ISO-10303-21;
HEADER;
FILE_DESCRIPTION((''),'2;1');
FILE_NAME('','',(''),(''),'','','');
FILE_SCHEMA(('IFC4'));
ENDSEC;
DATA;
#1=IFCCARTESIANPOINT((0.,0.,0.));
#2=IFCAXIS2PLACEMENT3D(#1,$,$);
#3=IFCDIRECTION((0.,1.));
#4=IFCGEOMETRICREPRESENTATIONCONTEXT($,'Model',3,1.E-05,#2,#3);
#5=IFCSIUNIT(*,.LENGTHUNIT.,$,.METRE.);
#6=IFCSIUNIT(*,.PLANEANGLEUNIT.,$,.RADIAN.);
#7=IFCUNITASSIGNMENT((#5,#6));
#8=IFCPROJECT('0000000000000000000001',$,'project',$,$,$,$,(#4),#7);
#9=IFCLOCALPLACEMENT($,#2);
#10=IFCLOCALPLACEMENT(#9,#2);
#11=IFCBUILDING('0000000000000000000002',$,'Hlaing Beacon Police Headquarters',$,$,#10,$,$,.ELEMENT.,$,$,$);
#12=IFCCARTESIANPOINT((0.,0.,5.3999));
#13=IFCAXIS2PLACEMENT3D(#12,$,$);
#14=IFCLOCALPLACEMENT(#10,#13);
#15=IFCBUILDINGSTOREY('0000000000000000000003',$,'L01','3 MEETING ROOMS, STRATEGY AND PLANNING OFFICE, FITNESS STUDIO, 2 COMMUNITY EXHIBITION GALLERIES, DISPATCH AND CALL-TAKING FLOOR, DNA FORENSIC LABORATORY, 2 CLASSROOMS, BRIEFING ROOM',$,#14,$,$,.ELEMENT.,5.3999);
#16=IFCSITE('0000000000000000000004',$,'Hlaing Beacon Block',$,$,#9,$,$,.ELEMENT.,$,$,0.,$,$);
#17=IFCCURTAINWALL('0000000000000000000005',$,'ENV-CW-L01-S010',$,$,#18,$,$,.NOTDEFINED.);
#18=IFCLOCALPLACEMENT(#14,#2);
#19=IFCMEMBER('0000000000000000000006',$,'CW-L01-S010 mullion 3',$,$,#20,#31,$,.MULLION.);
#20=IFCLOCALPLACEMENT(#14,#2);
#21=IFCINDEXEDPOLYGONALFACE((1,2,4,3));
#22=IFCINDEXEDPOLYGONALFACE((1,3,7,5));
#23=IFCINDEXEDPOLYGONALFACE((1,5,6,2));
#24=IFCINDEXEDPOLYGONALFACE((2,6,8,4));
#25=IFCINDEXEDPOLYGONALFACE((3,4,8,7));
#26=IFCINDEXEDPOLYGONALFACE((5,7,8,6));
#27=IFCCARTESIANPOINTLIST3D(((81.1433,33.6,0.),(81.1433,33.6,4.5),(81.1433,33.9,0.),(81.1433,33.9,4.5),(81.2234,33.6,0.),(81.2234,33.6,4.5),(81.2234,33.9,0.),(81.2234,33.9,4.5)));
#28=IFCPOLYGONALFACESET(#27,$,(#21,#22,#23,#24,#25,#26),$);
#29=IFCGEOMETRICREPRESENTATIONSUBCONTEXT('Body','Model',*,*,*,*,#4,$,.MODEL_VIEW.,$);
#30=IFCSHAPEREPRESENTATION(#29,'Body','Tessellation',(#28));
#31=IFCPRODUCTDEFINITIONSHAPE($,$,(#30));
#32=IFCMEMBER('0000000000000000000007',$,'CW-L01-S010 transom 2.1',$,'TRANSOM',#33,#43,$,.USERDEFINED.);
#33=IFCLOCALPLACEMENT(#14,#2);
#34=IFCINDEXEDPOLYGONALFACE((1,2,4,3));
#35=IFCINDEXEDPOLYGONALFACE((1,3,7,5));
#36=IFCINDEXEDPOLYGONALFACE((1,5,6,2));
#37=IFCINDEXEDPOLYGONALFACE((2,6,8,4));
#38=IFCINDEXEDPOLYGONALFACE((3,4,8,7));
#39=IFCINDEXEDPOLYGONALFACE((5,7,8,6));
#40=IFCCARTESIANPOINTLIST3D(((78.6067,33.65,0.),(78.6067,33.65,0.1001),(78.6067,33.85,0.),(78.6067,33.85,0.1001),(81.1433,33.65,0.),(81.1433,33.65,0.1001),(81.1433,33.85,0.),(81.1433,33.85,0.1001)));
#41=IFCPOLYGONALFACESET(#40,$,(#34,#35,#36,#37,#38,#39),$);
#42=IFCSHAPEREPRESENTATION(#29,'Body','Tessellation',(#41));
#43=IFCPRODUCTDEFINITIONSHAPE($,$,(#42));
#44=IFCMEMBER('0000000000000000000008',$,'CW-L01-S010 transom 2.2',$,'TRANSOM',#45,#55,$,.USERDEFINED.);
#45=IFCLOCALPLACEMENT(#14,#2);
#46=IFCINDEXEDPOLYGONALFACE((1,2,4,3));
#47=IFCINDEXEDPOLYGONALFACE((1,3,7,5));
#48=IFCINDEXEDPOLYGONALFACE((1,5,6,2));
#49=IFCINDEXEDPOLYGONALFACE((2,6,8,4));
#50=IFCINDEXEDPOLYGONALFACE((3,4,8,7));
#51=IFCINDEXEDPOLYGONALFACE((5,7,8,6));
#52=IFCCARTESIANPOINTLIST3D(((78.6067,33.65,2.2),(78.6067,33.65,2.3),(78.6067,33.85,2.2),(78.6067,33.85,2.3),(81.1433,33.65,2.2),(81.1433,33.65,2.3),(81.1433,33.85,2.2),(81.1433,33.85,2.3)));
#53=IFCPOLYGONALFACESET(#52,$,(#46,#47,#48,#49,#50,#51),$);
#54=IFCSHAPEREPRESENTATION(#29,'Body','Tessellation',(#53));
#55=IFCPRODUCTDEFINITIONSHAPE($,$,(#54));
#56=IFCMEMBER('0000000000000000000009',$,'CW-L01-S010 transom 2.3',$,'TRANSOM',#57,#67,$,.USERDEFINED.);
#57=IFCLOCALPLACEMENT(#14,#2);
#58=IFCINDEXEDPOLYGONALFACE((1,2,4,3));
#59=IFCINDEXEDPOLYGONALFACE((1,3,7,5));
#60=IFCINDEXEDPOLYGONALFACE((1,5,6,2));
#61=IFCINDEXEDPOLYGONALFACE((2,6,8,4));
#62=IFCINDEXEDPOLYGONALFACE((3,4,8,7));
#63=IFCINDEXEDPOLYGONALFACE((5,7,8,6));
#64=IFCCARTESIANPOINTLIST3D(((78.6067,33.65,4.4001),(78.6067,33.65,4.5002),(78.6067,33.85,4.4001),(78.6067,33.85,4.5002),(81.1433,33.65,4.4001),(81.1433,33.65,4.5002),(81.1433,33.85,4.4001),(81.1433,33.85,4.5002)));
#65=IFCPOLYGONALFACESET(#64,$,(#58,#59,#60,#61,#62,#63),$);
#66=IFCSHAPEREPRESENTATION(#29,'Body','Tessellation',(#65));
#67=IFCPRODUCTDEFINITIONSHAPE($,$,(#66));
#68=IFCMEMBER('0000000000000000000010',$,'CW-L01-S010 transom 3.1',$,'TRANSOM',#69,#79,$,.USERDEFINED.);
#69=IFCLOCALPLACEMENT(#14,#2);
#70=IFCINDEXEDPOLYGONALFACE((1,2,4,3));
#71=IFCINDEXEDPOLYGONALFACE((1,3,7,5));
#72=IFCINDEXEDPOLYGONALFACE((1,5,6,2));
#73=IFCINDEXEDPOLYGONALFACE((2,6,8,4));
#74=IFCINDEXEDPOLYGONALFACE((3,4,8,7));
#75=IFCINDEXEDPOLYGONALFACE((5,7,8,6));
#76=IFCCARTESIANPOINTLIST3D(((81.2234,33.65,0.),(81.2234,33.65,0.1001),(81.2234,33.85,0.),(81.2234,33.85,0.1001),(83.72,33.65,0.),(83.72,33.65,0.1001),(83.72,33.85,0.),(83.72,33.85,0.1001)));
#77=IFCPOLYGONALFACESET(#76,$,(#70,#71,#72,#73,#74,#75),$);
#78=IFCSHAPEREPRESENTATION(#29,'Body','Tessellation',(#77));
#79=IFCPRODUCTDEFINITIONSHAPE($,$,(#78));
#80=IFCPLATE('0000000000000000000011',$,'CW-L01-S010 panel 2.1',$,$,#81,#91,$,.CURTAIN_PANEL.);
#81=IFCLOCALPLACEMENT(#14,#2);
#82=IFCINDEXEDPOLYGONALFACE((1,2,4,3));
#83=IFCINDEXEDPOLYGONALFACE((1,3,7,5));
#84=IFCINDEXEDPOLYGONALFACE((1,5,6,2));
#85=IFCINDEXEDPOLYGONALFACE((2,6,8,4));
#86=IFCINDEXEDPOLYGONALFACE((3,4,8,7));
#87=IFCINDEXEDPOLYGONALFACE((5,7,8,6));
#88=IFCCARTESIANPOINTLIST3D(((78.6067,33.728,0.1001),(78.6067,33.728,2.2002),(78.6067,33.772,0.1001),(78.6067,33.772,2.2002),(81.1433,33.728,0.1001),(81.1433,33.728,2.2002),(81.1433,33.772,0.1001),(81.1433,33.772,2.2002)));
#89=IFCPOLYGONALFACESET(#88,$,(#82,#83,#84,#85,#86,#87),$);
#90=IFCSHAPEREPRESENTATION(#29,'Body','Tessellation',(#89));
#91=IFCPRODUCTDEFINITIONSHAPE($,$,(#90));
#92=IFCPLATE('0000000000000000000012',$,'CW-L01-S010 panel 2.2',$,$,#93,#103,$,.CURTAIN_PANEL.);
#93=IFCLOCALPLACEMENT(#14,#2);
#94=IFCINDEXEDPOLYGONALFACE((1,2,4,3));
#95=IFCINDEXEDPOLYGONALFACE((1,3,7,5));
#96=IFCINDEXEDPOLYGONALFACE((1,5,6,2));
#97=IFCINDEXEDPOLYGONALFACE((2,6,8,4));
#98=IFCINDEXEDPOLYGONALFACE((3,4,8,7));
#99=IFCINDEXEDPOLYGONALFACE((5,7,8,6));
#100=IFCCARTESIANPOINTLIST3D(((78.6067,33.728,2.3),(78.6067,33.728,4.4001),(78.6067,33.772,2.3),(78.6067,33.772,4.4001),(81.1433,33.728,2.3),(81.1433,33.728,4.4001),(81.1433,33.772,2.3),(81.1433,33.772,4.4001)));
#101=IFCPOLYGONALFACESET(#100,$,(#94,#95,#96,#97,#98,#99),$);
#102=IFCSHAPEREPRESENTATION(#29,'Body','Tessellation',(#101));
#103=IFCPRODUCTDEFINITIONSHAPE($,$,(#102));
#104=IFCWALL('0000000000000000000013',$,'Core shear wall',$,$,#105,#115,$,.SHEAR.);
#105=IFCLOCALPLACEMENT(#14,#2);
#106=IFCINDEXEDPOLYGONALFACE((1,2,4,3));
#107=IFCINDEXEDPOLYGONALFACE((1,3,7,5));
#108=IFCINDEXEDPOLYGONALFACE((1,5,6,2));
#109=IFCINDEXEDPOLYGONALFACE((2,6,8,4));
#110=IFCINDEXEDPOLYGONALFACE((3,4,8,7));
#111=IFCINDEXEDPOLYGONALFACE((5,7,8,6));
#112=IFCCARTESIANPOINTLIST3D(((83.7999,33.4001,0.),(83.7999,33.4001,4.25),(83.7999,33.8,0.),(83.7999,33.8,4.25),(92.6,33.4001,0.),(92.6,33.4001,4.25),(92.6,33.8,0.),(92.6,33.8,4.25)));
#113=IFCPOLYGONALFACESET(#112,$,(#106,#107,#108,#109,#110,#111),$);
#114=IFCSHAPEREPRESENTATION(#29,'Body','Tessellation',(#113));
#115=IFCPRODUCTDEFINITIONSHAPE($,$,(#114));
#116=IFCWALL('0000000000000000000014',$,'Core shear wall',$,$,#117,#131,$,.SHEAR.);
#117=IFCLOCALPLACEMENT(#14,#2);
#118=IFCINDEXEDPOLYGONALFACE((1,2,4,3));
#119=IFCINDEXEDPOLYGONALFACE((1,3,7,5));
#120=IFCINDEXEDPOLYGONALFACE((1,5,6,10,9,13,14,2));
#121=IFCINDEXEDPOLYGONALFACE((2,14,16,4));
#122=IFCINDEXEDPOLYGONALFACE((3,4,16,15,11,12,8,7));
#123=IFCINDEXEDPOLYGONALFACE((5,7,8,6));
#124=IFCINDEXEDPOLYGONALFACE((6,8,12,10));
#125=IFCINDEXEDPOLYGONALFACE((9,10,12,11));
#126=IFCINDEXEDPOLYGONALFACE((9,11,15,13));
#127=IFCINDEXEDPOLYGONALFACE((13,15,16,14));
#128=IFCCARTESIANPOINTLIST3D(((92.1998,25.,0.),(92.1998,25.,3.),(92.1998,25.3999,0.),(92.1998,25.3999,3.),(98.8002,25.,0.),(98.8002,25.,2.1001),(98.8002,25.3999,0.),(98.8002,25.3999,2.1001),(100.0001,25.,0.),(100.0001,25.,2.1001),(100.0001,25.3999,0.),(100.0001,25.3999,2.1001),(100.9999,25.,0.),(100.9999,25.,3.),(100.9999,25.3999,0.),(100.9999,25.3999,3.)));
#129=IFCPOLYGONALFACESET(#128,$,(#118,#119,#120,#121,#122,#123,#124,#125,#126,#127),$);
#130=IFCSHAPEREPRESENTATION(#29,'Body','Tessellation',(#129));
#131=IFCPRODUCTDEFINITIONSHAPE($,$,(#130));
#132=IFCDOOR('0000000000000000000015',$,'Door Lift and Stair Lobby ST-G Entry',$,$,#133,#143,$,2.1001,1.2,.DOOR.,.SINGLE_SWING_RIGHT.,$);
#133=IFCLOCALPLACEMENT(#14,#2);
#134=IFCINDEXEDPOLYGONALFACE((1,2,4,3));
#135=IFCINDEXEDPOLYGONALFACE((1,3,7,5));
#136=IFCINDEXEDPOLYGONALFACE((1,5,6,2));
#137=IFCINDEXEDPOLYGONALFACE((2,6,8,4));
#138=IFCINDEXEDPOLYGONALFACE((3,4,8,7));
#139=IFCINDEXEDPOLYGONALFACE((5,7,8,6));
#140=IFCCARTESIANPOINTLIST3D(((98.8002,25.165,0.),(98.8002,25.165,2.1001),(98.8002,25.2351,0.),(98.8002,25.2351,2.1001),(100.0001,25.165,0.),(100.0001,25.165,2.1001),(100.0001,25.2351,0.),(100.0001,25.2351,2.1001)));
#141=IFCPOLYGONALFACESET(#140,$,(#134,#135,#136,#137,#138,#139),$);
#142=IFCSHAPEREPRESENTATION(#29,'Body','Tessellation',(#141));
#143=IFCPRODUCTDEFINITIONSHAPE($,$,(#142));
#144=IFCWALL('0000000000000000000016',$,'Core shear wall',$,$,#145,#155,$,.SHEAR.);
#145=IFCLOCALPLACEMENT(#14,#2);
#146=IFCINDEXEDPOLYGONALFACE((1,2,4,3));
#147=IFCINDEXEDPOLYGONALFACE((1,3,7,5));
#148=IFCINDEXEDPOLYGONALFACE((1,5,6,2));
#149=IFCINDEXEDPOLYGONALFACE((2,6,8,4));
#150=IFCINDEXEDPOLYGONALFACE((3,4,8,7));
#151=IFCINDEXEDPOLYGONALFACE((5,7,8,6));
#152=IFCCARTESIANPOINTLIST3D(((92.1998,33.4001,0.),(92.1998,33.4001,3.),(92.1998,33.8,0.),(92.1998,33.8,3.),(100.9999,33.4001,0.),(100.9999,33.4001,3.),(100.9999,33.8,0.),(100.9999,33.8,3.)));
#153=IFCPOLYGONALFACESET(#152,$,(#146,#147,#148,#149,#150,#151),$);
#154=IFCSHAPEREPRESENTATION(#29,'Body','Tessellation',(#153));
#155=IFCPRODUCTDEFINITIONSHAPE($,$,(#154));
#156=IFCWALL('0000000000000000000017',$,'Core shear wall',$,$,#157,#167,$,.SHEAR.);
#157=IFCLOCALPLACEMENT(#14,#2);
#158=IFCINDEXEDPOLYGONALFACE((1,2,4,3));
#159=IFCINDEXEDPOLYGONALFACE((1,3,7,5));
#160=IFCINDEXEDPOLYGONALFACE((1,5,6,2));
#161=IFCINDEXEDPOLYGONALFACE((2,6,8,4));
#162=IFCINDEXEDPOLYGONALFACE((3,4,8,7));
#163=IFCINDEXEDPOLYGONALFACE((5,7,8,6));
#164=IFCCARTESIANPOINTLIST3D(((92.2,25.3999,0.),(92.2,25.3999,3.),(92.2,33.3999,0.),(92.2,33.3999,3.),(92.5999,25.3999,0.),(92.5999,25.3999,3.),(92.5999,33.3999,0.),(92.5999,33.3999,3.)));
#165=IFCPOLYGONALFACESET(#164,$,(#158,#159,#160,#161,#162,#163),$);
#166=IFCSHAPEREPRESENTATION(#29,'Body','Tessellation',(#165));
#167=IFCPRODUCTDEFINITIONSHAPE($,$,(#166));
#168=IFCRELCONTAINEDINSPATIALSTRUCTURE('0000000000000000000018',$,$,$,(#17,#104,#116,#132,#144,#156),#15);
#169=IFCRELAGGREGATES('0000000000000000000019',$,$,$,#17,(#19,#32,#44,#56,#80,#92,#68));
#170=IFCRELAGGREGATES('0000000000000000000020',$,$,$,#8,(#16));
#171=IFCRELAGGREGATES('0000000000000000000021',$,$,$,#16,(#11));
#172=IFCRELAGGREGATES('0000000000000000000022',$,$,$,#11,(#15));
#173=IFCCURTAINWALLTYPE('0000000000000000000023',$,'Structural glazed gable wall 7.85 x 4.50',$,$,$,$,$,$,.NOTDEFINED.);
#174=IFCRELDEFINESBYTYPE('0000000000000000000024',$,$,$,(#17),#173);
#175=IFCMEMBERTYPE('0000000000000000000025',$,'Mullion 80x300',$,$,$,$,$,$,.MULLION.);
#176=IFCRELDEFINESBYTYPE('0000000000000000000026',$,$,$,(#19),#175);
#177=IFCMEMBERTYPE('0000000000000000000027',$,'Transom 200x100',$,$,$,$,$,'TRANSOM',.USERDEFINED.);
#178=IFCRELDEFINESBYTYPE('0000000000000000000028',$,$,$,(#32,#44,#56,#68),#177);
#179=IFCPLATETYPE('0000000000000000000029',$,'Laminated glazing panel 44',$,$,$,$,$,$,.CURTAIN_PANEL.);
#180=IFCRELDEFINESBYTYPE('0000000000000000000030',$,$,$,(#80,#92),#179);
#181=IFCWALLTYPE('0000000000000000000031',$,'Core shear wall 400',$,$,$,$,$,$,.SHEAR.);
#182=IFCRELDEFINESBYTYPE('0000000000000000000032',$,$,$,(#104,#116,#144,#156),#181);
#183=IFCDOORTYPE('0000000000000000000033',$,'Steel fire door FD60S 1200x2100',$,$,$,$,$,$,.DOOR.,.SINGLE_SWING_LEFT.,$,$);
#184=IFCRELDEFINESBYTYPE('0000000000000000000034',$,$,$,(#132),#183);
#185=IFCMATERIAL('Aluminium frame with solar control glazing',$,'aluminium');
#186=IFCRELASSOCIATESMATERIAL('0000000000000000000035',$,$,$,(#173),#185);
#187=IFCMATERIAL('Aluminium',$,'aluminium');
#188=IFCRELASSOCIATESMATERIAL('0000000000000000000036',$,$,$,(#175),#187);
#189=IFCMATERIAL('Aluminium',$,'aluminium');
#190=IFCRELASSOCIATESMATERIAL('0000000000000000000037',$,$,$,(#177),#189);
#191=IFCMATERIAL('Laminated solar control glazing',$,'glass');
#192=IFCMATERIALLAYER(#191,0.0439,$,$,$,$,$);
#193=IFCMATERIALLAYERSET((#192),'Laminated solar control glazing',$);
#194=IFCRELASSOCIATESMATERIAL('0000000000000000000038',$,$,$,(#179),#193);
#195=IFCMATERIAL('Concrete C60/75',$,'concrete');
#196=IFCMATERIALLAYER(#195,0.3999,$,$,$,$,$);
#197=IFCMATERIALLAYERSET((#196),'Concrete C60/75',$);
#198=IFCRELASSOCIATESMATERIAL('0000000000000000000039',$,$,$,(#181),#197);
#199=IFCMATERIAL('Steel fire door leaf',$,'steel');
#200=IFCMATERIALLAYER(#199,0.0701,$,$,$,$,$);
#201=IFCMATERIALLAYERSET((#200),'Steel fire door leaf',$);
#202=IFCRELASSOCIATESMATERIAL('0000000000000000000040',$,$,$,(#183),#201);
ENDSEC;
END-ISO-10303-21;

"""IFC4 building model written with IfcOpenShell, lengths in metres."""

from ifc_helpers import new_model, si_unit, direction, frame, frame_2d, origin, origin_2d, place, context, subcontext, project, spatial, rectangle, extrude, material, layer, layer_set, material_profile, profile_set, type_object, element, fill, aggregate, save


model = new_model("IFC4")

# Units and contexts
model_context = context("Model", 3, precision=1e-05, world=origin(), true_north=direction((0.0, 1.0)))
body_context = subcontext(model_context, "Body", "Model", "MODEL_VIEW")
ifc_project = project(units=[si_unit("LENGTHUNIT", "METRE"), si_unit("PLANEANGLEUNIT", "RADIAN")], contexts=[model_context])

# Site, building, storey
site_placement = place(None, origin())
site = spatial("IfcSite", under=ifc_project, at=site_placement, Name="Hlaing Beacon Block", CompositionType="ELEMENT", RefElevation=0.0)
building_placement = place(site_placement, origin())
building = spatial("IfcBuilding", under=site, at=building_placement, Name="Hlaing Beacon Police Headquarters", CompositionType="ELEMENT")
storey_placement = place(building_placement, frame((0.0, 0.0, 5.3999)))
storey = spatial("IfcBuildingStorey", under=building, at=storey_placement, Name="L01", Description="3 MEETING ROOMS, STRATEGY AND PLANNING OFFICE, FITNESS STUDIO, 2 COMMUNITY EXHIBITION GALLERIES, DISPATCH AND CALL-TAKING FLOOR, DNA FORENSIC LABORATORY, 2 CLASSROOMS, BRIEFING ROOM", CompositionType="ELEMENT", Elevation=5.3999)

# Curtain wall, members, plates
ifc_material_1 = material(Name="Aluminium frame with solar control glazing", Category="aluminium")
curtain_wall_type = type_object("IfcCurtainWallType", Name="Structural glazed gable wall 7.85 x 4.50", PredefinedType="NOTDEFINED", material=ifc_material_1)
curtain_wall_placement = place(storey_placement, origin())
curtain_wall = element("IfcCurtainWall", 1, at=curtain_wall_placement, inside=storey, type_object=curtain_wall_type, Name="ENV-CW-L01-S010", PredefinedType="NOTDEFINED")
ifc_material_2 = material(Name="Aluminium", Category="aluminium")
ifc_material_profile_1 = material_profile(ifc_material_2, rectangle(XDim=0.3, YDim=0.0801, at=origin_2d()), Name="Mullion 80x300")
ifc_profile_set_1 = profile_set([ifc_material_profile_1], Name="Aluminium")
member_type_1 = type_object("IfcMemberType", Name="Mullion 80x300", PredefinedType="MULLION", material=ifc_profile_set_1)
member_1_placement = place(storey_placement, frame((81.1833, 33.75, 0.0), z_axis=(0.0, 0.0, 1.0), x_axis=(0.0, 1.0, 0.0)))
member_1 = element("IfcMember", 2, at=member_1_placement, type_object=member_type_1, Name="CW-L01-S010 mullion 3", PredefinedType="MULLION", context=body_context, shape_type="SweptSolid", body=[
    extrude(rectangle(XDim=0.3, YDim=0.0801, at=origin_2d()), origin(), (0.0, 0.0, 1.0), 4.5),
])
ifc_material_3 = material(Name="Aluminium", Category="aluminium")
ifc_material_profile_2 = material_profile(ifc_material_3, rectangle(XDim=0.2, YDim=0.1001, at=origin_2d()), Name="Transom 200x100")
ifc_profile_set_2 = profile_set([ifc_material_profile_2], Name="Aluminium")
member_type_2 = type_object("IfcMemberType", Name="Transom 200x100", ElementType="TRANSOM", PredefinedType="USERDEFINED", material=ifc_profile_set_2)
member_2_placement = place(storey_placement, frame((78.6067, 33.75, 0.05), z_axis=(1.0, 0.0, 0.0), x_axis=(0.0, 1.0, 0.0)))
member_2 = element("IfcMember", 3, at=member_2_placement, type_object=member_type_2, Name="CW-L01-S010 transom 2.1", ObjectType="TRANSOM", PredefinedType="USERDEFINED", context=body_context, shape_type="SweptSolid", body=[
    extrude(rectangle(XDim=0.2, YDim=0.1001, at=origin_2d()), origin(), (0.0, 0.0, 1.0), 2.5366),
])
member_3_placement = place(storey_placement, frame((78.6067, 33.75, 2.25), z_axis=(1.0, 0.0, 0.0), x_axis=(0.0, 1.0, 0.0)))
member_3 = element("IfcMember", 4, at=member_3_placement, type_object=member_type_2, Name="CW-L01-S010 transom 2.2", ObjectType="TRANSOM", PredefinedType="USERDEFINED", context=body_context, shape_type="SweptSolid", body=[
    extrude(rectangle(XDim=0.2, YDim=0.1001, at=origin_2d()), origin(), (0.0, 0.0, 1.0), 2.5366),
])
member_4_placement = place(storey_placement, frame((78.6067, 33.75, 4.4502), z_axis=(1.0, 0.0, 0.0), x_axis=(0.0, 1.0, 0.0)))
member_4 = element("IfcMember", 5, at=member_4_placement, type_object=member_type_2, Name="CW-L01-S010 transom 2.3", ObjectType="TRANSOM", PredefinedType="USERDEFINED", context=body_context, shape_type="SweptSolid", body=[
    extrude(rectangle(XDim=0.2, YDim=0.1001, at=origin_2d()), origin(), (0.0, 0.0, 1.0), 2.5366),
])
member_5_placement = place(storey_placement, frame((81.2234, 33.75, 0.05), z_axis=(1.0, 0.0, 0.0), x_axis=(0.0, 1.0, 0.0)))
member_5 = element("IfcMember", 6, at=member_5_placement, type_object=member_type_2, Name="CW-L01-S010 transom 3.1", ObjectType="TRANSOM", PredefinedType="USERDEFINED", context=body_context, shape_type="SweptSolid", body=[
    extrude(rectangle(XDim=0.2, YDim=0.1001, at=origin_2d()), origin(), (0.0, 0.0, 1.0), 2.4966),
])
ifc_material_4 = material(Name="Laminated solar control glazing", Category="glass")
ifc_layer_1 = layer(ifc_material_4, 0.0439)
ifc_layer_set_1 = layer_set([ifc_layer_1], Name="Laminated solar control glazing")
plate_type = type_object("IfcPlateType", Name="Laminated glazing panel 44", PredefinedType="CURTAIN_PANEL", material=ifc_layer_set_1)
plate_1_placement = place(storey_placement, frame((79.875, 33.75, 0.1001), z_axis=(0.0, 0.0, 1.0), x_axis=(1.0, 0.0, 0.0)))
plate_1 = element("IfcPlate", 7, at=plate_1_placement, type_object=plate_type, Name="CW-L01-S010 panel 2.1", PredefinedType="CURTAIN_PANEL", context=body_context, shape_type="SweptSolid", body=[
    extrude(rectangle(XDim=2.5366, YDim=0.0439, at=origin_2d()), origin(), (0.0, 0.0, 1.0), 2.1001),
])
plate_2_placement = place(storey_placement, frame((79.875, 33.75, 2.3), z_axis=(0.0, 0.0, 1.0), x_axis=(1.0, 0.0, 0.0)))
plate_2 = element("IfcPlate", 8, at=plate_2_placement, type_object=plate_type, Name="CW-L01-S010 panel 2.2", PredefinedType="CURTAIN_PANEL", context=body_context, shape_type="SweptSolid", body=[
    extrude(rectangle(XDim=2.5366, YDim=0.0439, at=origin_2d()), origin(), (0.0, 0.0, 1.0), 2.1001),
])
aggregate(curtain_wall, [member_1, member_2, member_3, member_4, plate_1, plate_2, member_5])

# Wall
ifc_material_5 = material(Name="Concrete C60/75", Category="concrete")
ifc_layer_2 = layer(ifc_material_5, 0.3999)
ifc_layer_set_2 = layer_set([ifc_layer_2], Name="Concrete C60/75")
wall_type_1 = type_object("IfcWallType", Name="Core shear wall 400", PredefinedType="SHEAR", material=ifc_layer_set_2)
wall_1_placement = place(storey_placement, frame((83.8, 33.6001, 0.0), z_axis=(0.0, 0.0, 1.0), x_axis=(1.0, 0.0, 0.0)))
element("IfcWall", 9, at=wall_1_placement, inside=storey, type_object=wall_type_1, Name="Core shear wall", PredefinedType="SHEAR", context=body_context, shape_type="SweptSolid", body=[
    extrude(rectangle(XDim=8.8, YDim=0.3999, at=frame_2d((4.3999, 0.0))), origin(), (0.0, 0.0, 1.0), 4.25),
])

# Wall, opening, door
wall_2_placement = place(storey_placement, frame((92.2, 25.2, 0.0), z_axis=(0.0, 0.0, 1.0), x_axis=(1.0, 0.0, 0.0)))
wall_2 = element("IfcWall", 10, at=wall_2_placement, inside=storey, type_object=wall_type_1, Name="Core shear wall", PredefinedType="SHEAR", context=body_context, shape_type="SweptSolid", body=[
    extrude(rectangle(XDim=8.8, YDim=0.3999, at=frame_2d((4.3999, 0.0))), origin(), (0.0, 0.0, 1.0), 3.0),
])
opening_1_placement = place(wall_2_placement, frame((6.6001, 0.0, 0.0)))
opening_1 = element("IfcOpeningElement", 11, at=opening_1_placement, cuts=wall_2, PredefinedType="OPENING", context=body_context, shape_type="SweptSolid", body=[
    extrude(rectangle(XDim=1.2, YDim=2.1001, at=frame_2d((0.6001, 1.05))), frame((0.0, 0.21, 0.0), z_axis=(0.0, -1.0, 0.0), x_axis=(1.0, 0.0, 0.0)), (0.0, 0.0, 1.0), 0.4199),
])
ifc_material_6 = material(Name="Steel fire door leaf", Category="steel")
ifc_layer_3 = layer(ifc_material_6, 0.0701)
ifc_layer_set_3 = layer_set([ifc_layer_3], Name="Steel fire door leaf")
door_type_1 = type_object("IfcDoorType", Name="Steel fire door FD60S 1200x2100", OperationType="SINGLE_SWING_LEFT", PredefinedType="DOOR", material=ifc_layer_set_3)
door_1_placement = place(opening_1_placement, origin())
door_1 = element("IfcDoor", 12, at=door_1_placement, inside=storey, type_object=door_type_1, Name="Door Lift and Stair Lobby ST-G Entry", OperationType="SINGLE_SWING_RIGHT", OverallHeight=2.1001, OverallWidth=1.2, PredefinedType="DOOR", context=body_context, shape_type="SweptSolid", body=[
    extrude(rectangle(XDim=1.2, YDim=2.1001, at=frame_2d((0.6001, 1.05))), frame((0.0, 0.0352, 0.0), z_axis=(0.0, -1.0, 0.0), x_axis=(1.0, 0.0, 0.0)), (0.0, 0.0, 1.0), 0.0701),
])
fill(opening_1, door_1)

# Walls
wall_3_placement = place(storey_placement, frame((92.2, 33.6001, 0.0), z_axis=(0.0, 0.0, 1.0), x_axis=(1.0, 0.0, 0.0)))
element("IfcWall", 13, at=wall_3_placement, inside=storey, type_object=wall_type_1, Name="Core shear wall", PredefinedType="SHEAR", context=body_context, shape_type="SweptSolid", body=[
    extrude(rectangle(XDim=8.8, YDim=0.3999, at=frame_2d((4.3999, 0.0))), origin(), (0.0, 0.0, 1.0), 3.0),
])
wall_4_placement = place(storey_placement, frame((92.3999, 25.3999, 0.0), z_axis=(0.0, 0.0, 1.0), x_axis=(0.0, 1.0, 0.0)))
element("IfcWall", 14, at=wall_4_placement, inside=storey, type_object=wall_type_1, Name="Core shear wall", PredefinedType="SHEAR", context=body_context, shape_type="SweptSolid", body=[
    extrude(rectangle(XDim=8.0, YDim=0.3999, at=frame_2d((4.0, 0.0))), origin(), (0.0, 0.0, 1.0), 3.0),
])

save(model, "model.ifc")
